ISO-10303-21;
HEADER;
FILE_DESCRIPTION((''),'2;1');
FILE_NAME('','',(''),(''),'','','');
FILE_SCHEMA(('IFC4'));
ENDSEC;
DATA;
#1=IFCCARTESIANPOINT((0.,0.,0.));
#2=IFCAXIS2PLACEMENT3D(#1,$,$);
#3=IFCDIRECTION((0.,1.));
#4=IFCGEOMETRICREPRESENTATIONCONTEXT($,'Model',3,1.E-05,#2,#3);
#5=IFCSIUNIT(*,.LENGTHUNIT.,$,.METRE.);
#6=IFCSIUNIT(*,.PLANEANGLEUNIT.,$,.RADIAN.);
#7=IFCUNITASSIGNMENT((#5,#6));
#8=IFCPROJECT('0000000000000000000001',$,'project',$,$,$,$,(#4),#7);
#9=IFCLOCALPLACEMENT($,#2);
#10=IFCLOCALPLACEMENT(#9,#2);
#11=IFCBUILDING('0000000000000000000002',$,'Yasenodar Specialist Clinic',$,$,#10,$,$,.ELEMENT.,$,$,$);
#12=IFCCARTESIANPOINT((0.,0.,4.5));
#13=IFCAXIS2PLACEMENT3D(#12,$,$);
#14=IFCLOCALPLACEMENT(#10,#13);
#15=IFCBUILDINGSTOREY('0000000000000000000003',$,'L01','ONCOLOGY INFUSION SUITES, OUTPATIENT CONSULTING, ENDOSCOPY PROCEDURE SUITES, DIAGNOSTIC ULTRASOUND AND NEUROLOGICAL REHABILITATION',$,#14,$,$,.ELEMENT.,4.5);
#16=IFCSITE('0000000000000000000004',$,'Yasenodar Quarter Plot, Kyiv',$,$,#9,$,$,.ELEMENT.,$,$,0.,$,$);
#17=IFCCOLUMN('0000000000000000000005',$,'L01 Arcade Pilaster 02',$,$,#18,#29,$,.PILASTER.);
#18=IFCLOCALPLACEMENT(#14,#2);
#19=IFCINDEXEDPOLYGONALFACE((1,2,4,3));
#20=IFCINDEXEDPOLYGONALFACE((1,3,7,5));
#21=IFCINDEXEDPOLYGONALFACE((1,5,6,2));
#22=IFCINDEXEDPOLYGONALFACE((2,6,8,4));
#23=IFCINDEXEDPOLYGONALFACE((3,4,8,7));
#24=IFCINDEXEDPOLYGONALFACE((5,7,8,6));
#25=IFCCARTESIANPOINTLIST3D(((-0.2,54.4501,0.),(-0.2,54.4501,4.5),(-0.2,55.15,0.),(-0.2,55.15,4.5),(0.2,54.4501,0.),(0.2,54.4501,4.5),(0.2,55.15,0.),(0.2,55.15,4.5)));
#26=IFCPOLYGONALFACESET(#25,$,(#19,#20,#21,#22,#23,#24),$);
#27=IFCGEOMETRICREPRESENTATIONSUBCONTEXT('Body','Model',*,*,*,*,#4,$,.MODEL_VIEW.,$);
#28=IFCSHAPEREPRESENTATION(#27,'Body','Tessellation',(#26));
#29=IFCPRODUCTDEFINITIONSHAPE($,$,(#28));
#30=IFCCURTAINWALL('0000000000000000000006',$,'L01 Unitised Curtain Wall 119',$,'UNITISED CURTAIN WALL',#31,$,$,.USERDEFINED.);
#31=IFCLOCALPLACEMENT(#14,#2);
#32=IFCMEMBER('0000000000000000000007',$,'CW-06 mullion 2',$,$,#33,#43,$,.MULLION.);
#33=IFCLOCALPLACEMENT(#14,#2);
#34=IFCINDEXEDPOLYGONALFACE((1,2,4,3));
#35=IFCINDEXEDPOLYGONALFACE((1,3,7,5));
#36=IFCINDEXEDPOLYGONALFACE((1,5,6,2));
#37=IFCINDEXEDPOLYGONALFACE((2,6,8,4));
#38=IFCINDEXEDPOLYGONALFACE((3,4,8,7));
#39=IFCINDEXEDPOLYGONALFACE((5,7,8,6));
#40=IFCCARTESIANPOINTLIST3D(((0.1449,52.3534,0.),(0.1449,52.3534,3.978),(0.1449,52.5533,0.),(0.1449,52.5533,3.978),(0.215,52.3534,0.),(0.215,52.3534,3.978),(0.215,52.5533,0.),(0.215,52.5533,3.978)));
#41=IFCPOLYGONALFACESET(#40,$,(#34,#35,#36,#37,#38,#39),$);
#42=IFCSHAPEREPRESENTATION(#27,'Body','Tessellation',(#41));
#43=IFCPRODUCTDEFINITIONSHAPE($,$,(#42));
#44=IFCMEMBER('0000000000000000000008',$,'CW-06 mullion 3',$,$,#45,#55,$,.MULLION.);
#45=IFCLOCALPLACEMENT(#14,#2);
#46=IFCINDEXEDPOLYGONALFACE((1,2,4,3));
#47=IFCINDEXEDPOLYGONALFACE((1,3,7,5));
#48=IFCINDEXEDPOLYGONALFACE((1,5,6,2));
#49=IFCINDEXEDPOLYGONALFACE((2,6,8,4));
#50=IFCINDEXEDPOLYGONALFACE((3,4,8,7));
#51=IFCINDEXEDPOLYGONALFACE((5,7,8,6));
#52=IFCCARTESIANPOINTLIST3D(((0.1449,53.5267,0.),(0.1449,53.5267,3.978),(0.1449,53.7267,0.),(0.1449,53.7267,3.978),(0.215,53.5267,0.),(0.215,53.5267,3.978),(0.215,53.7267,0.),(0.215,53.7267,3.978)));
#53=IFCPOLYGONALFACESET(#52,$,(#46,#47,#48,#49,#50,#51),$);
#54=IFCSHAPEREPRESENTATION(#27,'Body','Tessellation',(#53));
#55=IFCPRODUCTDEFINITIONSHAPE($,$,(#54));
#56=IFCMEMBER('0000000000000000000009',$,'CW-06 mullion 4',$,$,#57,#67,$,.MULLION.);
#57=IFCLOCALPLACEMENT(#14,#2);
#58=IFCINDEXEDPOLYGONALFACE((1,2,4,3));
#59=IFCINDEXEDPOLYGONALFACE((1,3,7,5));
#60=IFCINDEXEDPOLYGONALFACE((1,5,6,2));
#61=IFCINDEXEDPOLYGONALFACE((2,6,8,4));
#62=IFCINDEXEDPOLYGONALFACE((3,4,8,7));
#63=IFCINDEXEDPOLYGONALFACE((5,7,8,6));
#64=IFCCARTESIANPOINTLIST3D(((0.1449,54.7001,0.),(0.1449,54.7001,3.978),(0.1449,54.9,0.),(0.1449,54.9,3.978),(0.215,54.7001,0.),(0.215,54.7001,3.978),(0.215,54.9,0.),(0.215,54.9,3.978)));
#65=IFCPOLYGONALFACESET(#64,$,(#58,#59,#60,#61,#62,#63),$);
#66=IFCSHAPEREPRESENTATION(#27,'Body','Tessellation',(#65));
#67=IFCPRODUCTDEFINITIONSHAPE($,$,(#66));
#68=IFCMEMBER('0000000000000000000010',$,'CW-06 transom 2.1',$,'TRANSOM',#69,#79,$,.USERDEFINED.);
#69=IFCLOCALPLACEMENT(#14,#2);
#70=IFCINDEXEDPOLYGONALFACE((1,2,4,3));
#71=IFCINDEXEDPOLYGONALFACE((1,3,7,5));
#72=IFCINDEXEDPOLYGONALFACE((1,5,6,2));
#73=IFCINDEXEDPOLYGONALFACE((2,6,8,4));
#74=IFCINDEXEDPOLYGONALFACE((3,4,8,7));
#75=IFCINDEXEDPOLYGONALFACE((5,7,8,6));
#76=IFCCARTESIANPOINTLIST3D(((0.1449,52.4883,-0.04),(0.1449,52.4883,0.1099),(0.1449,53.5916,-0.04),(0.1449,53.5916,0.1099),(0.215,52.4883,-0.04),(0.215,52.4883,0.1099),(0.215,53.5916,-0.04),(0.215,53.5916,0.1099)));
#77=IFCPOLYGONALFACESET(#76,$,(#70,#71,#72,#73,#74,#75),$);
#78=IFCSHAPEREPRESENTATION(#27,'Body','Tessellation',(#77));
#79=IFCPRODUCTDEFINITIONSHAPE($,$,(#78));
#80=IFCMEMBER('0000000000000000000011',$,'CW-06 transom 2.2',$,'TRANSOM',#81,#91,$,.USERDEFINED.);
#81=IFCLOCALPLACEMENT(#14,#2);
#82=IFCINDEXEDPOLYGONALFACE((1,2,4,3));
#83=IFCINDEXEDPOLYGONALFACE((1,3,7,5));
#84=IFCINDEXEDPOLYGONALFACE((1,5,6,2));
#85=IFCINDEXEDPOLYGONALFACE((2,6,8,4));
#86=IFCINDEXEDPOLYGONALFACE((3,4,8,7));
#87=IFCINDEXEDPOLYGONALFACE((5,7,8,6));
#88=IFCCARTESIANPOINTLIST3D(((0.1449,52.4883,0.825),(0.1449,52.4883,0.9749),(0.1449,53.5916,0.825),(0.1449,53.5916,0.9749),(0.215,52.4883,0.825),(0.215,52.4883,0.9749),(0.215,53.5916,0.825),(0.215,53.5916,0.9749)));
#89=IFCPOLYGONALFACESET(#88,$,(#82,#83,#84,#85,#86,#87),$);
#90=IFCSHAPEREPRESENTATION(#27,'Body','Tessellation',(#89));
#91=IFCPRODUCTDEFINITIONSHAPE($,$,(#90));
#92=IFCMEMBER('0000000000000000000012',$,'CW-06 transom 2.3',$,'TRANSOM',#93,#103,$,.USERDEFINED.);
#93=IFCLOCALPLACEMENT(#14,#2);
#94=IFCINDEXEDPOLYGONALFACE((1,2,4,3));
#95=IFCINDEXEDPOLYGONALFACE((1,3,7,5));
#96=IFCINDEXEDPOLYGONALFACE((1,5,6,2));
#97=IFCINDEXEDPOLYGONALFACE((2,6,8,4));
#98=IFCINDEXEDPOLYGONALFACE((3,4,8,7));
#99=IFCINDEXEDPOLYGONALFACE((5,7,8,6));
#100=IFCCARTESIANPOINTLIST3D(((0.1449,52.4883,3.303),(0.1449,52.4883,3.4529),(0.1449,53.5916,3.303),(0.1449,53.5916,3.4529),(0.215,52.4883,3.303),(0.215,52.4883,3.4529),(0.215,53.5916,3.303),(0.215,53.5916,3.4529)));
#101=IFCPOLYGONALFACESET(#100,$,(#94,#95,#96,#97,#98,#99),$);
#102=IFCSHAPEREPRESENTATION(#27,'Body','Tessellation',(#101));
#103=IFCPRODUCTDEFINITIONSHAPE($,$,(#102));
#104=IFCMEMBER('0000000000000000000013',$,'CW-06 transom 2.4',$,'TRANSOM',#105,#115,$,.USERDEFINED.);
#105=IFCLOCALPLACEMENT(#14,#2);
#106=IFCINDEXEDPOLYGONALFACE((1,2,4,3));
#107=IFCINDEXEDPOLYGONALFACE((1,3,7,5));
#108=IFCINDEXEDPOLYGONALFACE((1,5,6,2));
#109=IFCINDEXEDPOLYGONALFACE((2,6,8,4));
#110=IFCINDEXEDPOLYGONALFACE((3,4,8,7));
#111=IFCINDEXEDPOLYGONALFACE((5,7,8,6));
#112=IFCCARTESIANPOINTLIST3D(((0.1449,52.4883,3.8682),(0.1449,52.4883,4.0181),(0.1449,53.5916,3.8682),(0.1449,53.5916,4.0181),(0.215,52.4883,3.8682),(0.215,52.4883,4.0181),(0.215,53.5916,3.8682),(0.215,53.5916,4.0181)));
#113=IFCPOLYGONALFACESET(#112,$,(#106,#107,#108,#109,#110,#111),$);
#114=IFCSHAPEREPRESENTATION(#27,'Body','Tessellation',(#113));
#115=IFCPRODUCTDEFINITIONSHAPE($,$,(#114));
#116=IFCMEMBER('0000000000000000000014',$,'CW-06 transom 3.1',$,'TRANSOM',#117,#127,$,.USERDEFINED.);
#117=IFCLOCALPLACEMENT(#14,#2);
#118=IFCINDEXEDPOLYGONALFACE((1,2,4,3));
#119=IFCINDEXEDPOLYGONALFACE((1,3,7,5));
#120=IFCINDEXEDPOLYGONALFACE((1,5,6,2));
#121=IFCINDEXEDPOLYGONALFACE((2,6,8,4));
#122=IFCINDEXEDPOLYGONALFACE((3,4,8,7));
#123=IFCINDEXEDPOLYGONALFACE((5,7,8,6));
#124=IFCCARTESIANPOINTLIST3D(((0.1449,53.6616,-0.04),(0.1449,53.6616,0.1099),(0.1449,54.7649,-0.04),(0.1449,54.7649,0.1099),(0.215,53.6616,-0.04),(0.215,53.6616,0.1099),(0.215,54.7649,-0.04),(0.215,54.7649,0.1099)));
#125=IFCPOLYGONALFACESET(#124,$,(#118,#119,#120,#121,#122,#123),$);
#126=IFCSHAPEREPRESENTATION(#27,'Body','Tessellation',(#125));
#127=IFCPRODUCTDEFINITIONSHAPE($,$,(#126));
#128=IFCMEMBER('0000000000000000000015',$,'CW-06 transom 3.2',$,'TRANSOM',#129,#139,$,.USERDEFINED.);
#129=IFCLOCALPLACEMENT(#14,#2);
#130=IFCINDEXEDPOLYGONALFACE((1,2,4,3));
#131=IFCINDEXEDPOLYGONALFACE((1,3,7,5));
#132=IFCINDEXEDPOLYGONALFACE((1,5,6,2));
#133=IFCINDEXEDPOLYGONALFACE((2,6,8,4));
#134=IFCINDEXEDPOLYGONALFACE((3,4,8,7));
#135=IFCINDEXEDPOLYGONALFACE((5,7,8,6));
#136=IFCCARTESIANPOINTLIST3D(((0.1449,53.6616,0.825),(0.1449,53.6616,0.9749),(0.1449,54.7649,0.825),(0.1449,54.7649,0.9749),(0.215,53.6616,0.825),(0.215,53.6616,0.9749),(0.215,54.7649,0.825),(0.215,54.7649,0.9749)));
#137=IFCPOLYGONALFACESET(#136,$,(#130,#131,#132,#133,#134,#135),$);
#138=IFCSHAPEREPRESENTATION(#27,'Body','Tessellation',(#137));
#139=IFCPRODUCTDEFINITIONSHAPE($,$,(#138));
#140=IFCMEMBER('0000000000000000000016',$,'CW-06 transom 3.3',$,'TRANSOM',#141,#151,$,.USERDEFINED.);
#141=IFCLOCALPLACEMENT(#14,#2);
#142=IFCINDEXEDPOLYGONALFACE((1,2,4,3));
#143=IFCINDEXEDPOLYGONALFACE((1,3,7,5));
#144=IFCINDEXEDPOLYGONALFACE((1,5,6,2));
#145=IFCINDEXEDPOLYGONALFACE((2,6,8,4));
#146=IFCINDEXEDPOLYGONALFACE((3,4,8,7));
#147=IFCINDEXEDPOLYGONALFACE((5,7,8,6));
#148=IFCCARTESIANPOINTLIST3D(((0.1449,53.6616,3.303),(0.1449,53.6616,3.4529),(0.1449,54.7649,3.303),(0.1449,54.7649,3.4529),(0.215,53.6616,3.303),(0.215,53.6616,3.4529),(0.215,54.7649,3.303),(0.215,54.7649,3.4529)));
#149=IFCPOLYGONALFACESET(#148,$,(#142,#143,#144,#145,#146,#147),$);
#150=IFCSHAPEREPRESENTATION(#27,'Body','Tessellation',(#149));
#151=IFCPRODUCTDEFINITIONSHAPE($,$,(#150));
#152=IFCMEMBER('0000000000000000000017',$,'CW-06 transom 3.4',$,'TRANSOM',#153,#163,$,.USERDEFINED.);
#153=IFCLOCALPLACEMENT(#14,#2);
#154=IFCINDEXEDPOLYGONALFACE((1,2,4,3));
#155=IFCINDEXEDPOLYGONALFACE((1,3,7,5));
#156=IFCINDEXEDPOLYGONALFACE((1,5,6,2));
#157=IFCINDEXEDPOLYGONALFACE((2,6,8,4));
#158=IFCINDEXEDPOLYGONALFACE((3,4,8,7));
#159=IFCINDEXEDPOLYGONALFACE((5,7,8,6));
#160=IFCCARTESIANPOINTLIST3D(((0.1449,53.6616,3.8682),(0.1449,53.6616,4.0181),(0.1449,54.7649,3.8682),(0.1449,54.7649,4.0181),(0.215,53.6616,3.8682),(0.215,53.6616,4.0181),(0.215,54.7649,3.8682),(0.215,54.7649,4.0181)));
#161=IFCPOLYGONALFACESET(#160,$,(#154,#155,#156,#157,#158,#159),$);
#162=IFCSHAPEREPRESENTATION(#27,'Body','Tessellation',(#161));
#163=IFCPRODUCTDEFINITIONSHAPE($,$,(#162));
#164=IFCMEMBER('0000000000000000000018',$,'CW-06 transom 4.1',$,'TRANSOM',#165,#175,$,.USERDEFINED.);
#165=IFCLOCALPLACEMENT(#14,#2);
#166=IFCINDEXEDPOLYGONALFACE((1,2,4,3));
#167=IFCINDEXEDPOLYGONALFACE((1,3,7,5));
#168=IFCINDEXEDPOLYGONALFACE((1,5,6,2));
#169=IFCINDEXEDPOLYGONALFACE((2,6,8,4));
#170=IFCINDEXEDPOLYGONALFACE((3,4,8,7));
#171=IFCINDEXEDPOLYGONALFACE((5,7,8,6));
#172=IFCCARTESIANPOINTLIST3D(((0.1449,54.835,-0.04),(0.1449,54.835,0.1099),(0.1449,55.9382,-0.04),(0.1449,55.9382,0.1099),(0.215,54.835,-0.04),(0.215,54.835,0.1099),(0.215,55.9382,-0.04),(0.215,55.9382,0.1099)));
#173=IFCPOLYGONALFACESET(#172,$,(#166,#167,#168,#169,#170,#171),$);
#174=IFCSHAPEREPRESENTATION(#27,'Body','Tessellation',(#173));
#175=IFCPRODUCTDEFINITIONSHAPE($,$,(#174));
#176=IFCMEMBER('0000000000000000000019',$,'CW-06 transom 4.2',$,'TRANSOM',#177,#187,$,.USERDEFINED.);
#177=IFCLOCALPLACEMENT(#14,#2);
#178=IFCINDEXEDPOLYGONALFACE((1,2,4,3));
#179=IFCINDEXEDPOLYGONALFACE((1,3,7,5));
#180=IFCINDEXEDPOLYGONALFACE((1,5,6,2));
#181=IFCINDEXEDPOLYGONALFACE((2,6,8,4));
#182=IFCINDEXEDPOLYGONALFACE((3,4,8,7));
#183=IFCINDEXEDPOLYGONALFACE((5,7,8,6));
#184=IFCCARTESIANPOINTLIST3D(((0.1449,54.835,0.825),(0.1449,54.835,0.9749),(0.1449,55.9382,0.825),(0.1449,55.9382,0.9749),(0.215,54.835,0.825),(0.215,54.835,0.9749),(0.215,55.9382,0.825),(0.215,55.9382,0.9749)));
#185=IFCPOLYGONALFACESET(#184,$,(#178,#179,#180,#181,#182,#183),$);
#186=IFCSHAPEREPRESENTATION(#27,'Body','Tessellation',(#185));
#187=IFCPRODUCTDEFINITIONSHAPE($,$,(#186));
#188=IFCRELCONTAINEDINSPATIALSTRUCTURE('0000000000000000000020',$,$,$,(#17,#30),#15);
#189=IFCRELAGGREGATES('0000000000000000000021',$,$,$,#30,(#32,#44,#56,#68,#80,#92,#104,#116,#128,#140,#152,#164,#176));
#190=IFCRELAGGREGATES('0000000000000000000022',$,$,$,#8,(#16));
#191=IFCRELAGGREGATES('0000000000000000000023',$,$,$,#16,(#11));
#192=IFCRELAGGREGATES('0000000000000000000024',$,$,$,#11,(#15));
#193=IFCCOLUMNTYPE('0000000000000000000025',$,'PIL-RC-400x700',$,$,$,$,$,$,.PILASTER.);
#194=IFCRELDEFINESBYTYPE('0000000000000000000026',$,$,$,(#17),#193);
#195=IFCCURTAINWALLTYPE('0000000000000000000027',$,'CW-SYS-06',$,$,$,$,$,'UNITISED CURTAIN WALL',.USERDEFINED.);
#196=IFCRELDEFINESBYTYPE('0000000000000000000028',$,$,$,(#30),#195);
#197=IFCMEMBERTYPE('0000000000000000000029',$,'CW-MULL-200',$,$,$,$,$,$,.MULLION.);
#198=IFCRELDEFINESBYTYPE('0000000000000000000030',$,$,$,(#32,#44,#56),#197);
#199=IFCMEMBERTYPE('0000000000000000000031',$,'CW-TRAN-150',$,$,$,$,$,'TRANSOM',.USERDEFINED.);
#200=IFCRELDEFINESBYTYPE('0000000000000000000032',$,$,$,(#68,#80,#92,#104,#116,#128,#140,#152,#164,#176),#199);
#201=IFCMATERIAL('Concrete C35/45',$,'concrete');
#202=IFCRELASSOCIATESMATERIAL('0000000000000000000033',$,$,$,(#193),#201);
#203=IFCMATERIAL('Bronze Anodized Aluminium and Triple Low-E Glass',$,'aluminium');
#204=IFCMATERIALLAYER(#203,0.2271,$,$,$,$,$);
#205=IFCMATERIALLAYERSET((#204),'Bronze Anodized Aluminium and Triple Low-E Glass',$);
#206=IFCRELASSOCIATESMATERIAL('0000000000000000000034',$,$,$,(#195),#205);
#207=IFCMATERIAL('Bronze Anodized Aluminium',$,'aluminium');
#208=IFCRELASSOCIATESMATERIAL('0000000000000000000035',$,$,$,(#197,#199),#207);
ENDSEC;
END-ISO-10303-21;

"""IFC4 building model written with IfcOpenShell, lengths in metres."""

from ifc_helpers import new_model, si_unit, direction, frame, origin, origin_2d, place, context, subcontext, project, spatial, rectangle, extrude, material, layer, layer_set, material_profile, profile_set, type_object, element, aggregate, save


model = new_model("IFC4")

# Units and contexts
model_context = context("Model", 3, precision=1e-05, world=origin(), true_north=direction((0.0, 1.0)))
body_context = subcontext(model_context, "Body", "Model", "MODEL_VIEW")
ifc_project = project(units=[si_unit("LENGTHUNIT", "METRE"), si_unit("PLANEANGLEUNIT", "RADIAN")], contexts=[model_context])

# Site, building, storey
site_placement = place(None, origin())
site = spatial("IfcSite", under=ifc_project, at=site_placement, Name="Yasenodar Quarter Plot, Kyiv", CompositionType="ELEMENT", RefElevation=0.0)
building_placement = place(site_placement, origin())
building = spatial("IfcBuilding", under=site, at=building_placement, Name="Yasenodar Specialist Clinic", CompositionType="ELEMENT")
storey_placement = place(building_placement, frame((0.0, 0.0, 4.5)))
storey = spatial("IfcBuildingStorey", under=building, at=storey_placement, Name="L01", Description="ONCOLOGY INFUSION SUITES, OUTPATIENT CONSULTING, ENDOSCOPY PROCEDURE SUITES, DIAGNOSTIC ULTRASOUND AND NEUROLOGICAL REHABILITATION", CompositionType="ELEMENT", Elevation=4.5)

# Column
ifc_material_1 = material(Name="Concrete C35/45", Category="concrete")
ifc_material_profile_1 = material_profile(ifc_material_1, rectangle(XDim=0.3999, YDim=0.7, at=origin_2d()), Name="RC 400x700")
ifc_profile_set_1 = profile_set([ifc_material_profile_1], Name="Concrete C35/45")
column_type = type_object("IfcColumnType", Name="PIL-RC-400x700", PredefinedType="PILASTER", material=ifc_profile_set_1)
column_placement = place(storey_placement, frame((0.0, 54.8, 0.0), z_axis=(0.0, 0.0, 1.0), x_axis=(1.0, 0.0, 0.0)))
element("IfcColumn", 1, at=column_placement, inside=storey, type_object=column_type, Name="L01 Arcade Pilaster 02", PredefinedType="PILASTER", context=body_context, shape_type="SweptSolid", body=[
    extrude(rectangle(XDim=0.3999, YDim=0.7, at=origin_2d()), origin(), (0.0, 0.0, 1.0), 4.5),
])

# Curtain wall, members
ifc_material_2 = material(Name="Bronze Anodized Aluminium and Triple Low-E Glass", Category="aluminium")
ifc_layer_1 = layer(ifc_material_2, 0.2271)
ifc_layer_set_1 = layer_set([ifc_layer_1], Name="Bronze Anodized Aluminium and Triple Low-E Glass")
curtain_wall_type = type_object("IfcCurtainWallType", Name="CW-SYS-06", ElementType="UNITISED CURTAIN WALL", PredefinedType="USERDEFINED", material=ifc_layer_set_1)
curtain_wall_placement = place(storey_placement, origin())
curtain_wall = element("IfcCurtainWall", 2, at=curtain_wall_placement, inside=storey, type_object=curtain_wall_type, Name="L01 Unitised Curtain Wall 119", ObjectType="UNITISED CURTAIN WALL", PredefinedType="USERDEFINED")
ifc_material_3 = material(Name="Bronze Anodized Aluminium", Category="aluminium")
ifc_material_profile_2 = material_profile(ifc_material_3, rectangle(XDim=0.0701, YDim=0.2, at=origin_2d()), Name="CW-MULL 70x200")
ifc_profile_set_2 = profile_set([ifc_material_profile_2], Name="Bronze Anodized Aluminium")
member_type_1 = type_object("IfcMemberType", Name="CW-MULL-200", PredefinedType="MULLION", material=ifc_profile_set_2)
member_1_placement = place(storey_placement, frame((0.1799, 52.4534, 0.0), z_axis=(0.0, 0.0, 1.0), x_axis=(-1.0, 0.0, 0.0)))
member_1 = element("IfcMember", 3, at=member_1_placement, type_object=member_type_1, Name="CW-06 mullion 2", PredefinedType="MULLION", context=body_context, shape_type="SweptSolid", body=[
    extrude(rectangle(XDim=0.0701, YDim=0.2, at=origin_2d()), origin(), (0.0, 0.0, 1.0), 3.978),
])
member_2_placement = place(storey_placement, frame((0.1799, 53.6267, 0.0), z_axis=(0.0, 0.0, 1.0), x_axis=(-1.0, 0.0, 0.0)))
member_2 = element("IfcMember", 4, at=member_2_placement, type_object=member_type_1, Name="CW-06 mullion 3", PredefinedType="MULLION", context=body_context, shape_type="SweptSolid", body=[
    extrude(rectangle(XDim=0.0701, YDim=0.2, at=origin_2d()), origin(), (0.0, 0.0, 1.0), 3.978),
])
member_3_placement = place(storey_placement, frame((0.1799, 54.8, 0.0), z_axis=(0.0, 0.0, 1.0), x_axis=(-1.0, 0.0, 0.0)))
member_3 = element("IfcMember", 5, at=member_3_placement, type_object=member_type_1, Name="CW-06 mullion 4", PredefinedType="MULLION", context=body_context, shape_type="SweptSolid", body=[
    extrude(rectangle(XDim=0.0701, YDim=0.2, at=origin_2d()), origin(), (0.0, 0.0, 1.0), 3.978),
])
ifc_material_profile_3 = material_profile(ifc_material_3, rectangle(XDim=0.0701, YDim=0.1499, at=origin_2d()), Name="CW-TRAN 70x150")
ifc_profile_set_3 = profile_set([ifc_material_profile_3], Name="Bronze Anodized Aluminium")
member_type_2 = type_object("IfcMemberType", Name="CW-TRAN-150", ElementType="TRANSOM", PredefinedType="USERDEFINED", material=ifc_profile_set_3)
member_4_placement = place(storey_placement, frame((0.1799, 52.4883, 0.0349), z_axis=(0.0, 1.0, 0.0), x_axis=(-1.0, 0.0, 0.0)))
member_4 = element("IfcMember", 6, at=member_4_placement, type_object=member_type_2, Name="CW-06 transom 2.1", ObjectType="TRANSOM", PredefinedType="USERDEFINED", context=body_context, shape_type="SweptSolid", body=[
    extrude(rectangle(XDim=0.0701, YDim=0.1499, at=origin_2d()), origin(), (0.0, 0.0, 1.0), 1.1033),
])
member_5_placement = place(storey_placement, frame((0.1799, 52.4883, 0.8999), z_axis=(0.0, 1.0, 0.0), x_axis=(-1.0, 0.0, 0.0)))
member_5 = element("IfcMember", 7, at=member_5_placement, type_object=member_type_2, Name="CW-06 transom 2.2", ObjectType="TRANSOM", PredefinedType="USERDEFINED", context=body_context, shape_type="SweptSolid", body=[
    extrude(rectangle(XDim=0.0701, YDim=0.1499, at=origin_2d()), origin(), (0.0, 0.0, 1.0), 1.1033),
])
member_6_placement = place(storey_placement, frame((0.1799, 52.4883, 3.3779), z_axis=(0.0, 1.0, 0.0), x_axis=(-1.0, 0.0, 0.0)))
member_6 = element("IfcMember", 8, at=member_6_placement, type_object=member_type_2, Name="CW-06 transom 2.3", ObjectType="TRANSOM", PredefinedType="USERDEFINED", context=body_context, shape_type="SweptSolid", body=[
    extrude(rectangle(XDim=0.0701, YDim=0.1499, at=origin_2d()), origin(), (0.0, 0.0, 1.0), 1.1033),
])
member_7_placement = place(storey_placement, frame((0.1799, 52.4883, 3.9431), z_axis=(0.0, 1.0, 0.0), x_axis=(-1.0, 0.0, 0.0)))
member_7 = element("IfcMember", 9, at=member_7_placement, type_object=member_type_2, Name="CW-06 transom 2.4", ObjectType="TRANSOM", PredefinedType="USERDEFINED", context=body_context, shape_type="SweptSolid", body=[
    extrude(rectangle(XDim=0.0701, YDim=0.1499, at=origin_2d()), origin(), (0.0, 0.0, 1.0), 1.1033),
])
member_8_placement = place(storey_placement, frame((0.1799, 53.6616, 0.0349), z_axis=(0.0, 1.0, 0.0), x_axis=(-1.0, 0.0, 0.0)))
member_8 = element("IfcMember", 10, at=member_8_placement, type_object=member_type_2, Name="CW-06 transom 3.1", ObjectType="TRANSOM", PredefinedType="USERDEFINED", context=body_context, shape_type="SweptSolid", body=[
    extrude(rectangle(XDim=0.0701, YDim=0.1499, at=origin_2d()), origin(), (0.0, 0.0, 1.0), 1.1033),
])
member_9_placement = place(storey_placement, frame((0.1799, 53.6616, 0.8999), z_axis=(0.0, 1.0, 0.0), x_axis=(-1.0, 0.0, 0.0)))
member_9 = element("IfcMember", 11, at=member_9_placement, type_object=member_type_2, Name="CW-06 transom 3.2", ObjectType="TRANSOM", PredefinedType="USERDEFINED", context=body_context, shape_type="SweptSolid", body=[
    extrude(rectangle(XDim=0.0701, YDim=0.1499, at=origin_2d()), origin(), (0.0, 0.0, 1.0), 1.1033),
])
member_10_placement = place(storey_placement, frame((0.1799, 53.6616, 3.3779), z_axis=(0.0, 1.0, 0.0), x_axis=(-1.0, 0.0, 0.0)))
member_10 = element("IfcMember", 12, at=member_10_placement, type_object=member_type_2, Name="CW-06 transom 3.3", ObjectType="TRANSOM", PredefinedType="USERDEFINED", context=body_context, shape_type="SweptSolid", body=[
    extrude(rectangle(XDim=0.0701, YDim=0.1499, at=origin_2d()), origin(), (0.0, 0.0, 1.0), 1.1033),
])
member_11_placement = place(storey_placement, frame((0.1799, 53.6616, 3.9431), z_axis=(0.0, 1.0, 0.0), x_axis=(-1.0, 0.0, 0.0)))
member_11 = element("IfcMember", 13, at=member_11_placement, type_object=member_type_2, Name="CW-06 transom 3.4", ObjectType="TRANSOM", PredefinedType="USERDEFINED", context=body_context, shape_type="SweptSolid", body=[
    extrude(rectangle(XDim=0.0701, YDim=0.1499, at=origin_2d()), origin(), (0.0, 0.0, 1.0), 1.1033),
])
member_12_placement = place(storey_placement, frame((0.1799, 54.835, 0.0349), z_axis=(0.0, 1.0, 0.0), x_axis=(-1.0, 0.0, 0.0)))
member_12 = element("IfcMember", 14, at=member_12_placement, type_object=member_type_2, Name="CW-06 transom 4.1", ObjectType="TRANSOM", PredefinedType="USERDEFINED", context=body_context, shape_type="SweptSolid", body=[
    extrude(rectangle(XDim=0.0701, YDim=0.1499, at=origin_2d()), origin(), (0.0, 0.0, 1.0), 1.1033),
])
member_13_placement = place(storey_placement, frame((0.1799, 54.835, 0.8999), z_axis=(0.0, 1.0, 0.0), x_axis=(-1.0, 0.0, 0.0)))
member_13 = element("IfcMember", 15, at=member_13_placement, type_object=member_type_2, Name="CW-06 transom 4.2", ObjectType="TRANSOM", PredefinedType="USERDEFINED", context=body_context, shape_type="SweptSolid", body=[
    extrude(rectangle(XDim=0.0701, YDim=0.1499, at=origin_2d()), origin(), (0.0, 0.0, 1.0), 1.1033),
])

aggregate(curtain_wall, [member_1, member_2, member_3, member_4, member_5, member_6, member_7, member_8, member_9, member_10, member_11, member_12, member_13])

save(model, "model.ifc")
